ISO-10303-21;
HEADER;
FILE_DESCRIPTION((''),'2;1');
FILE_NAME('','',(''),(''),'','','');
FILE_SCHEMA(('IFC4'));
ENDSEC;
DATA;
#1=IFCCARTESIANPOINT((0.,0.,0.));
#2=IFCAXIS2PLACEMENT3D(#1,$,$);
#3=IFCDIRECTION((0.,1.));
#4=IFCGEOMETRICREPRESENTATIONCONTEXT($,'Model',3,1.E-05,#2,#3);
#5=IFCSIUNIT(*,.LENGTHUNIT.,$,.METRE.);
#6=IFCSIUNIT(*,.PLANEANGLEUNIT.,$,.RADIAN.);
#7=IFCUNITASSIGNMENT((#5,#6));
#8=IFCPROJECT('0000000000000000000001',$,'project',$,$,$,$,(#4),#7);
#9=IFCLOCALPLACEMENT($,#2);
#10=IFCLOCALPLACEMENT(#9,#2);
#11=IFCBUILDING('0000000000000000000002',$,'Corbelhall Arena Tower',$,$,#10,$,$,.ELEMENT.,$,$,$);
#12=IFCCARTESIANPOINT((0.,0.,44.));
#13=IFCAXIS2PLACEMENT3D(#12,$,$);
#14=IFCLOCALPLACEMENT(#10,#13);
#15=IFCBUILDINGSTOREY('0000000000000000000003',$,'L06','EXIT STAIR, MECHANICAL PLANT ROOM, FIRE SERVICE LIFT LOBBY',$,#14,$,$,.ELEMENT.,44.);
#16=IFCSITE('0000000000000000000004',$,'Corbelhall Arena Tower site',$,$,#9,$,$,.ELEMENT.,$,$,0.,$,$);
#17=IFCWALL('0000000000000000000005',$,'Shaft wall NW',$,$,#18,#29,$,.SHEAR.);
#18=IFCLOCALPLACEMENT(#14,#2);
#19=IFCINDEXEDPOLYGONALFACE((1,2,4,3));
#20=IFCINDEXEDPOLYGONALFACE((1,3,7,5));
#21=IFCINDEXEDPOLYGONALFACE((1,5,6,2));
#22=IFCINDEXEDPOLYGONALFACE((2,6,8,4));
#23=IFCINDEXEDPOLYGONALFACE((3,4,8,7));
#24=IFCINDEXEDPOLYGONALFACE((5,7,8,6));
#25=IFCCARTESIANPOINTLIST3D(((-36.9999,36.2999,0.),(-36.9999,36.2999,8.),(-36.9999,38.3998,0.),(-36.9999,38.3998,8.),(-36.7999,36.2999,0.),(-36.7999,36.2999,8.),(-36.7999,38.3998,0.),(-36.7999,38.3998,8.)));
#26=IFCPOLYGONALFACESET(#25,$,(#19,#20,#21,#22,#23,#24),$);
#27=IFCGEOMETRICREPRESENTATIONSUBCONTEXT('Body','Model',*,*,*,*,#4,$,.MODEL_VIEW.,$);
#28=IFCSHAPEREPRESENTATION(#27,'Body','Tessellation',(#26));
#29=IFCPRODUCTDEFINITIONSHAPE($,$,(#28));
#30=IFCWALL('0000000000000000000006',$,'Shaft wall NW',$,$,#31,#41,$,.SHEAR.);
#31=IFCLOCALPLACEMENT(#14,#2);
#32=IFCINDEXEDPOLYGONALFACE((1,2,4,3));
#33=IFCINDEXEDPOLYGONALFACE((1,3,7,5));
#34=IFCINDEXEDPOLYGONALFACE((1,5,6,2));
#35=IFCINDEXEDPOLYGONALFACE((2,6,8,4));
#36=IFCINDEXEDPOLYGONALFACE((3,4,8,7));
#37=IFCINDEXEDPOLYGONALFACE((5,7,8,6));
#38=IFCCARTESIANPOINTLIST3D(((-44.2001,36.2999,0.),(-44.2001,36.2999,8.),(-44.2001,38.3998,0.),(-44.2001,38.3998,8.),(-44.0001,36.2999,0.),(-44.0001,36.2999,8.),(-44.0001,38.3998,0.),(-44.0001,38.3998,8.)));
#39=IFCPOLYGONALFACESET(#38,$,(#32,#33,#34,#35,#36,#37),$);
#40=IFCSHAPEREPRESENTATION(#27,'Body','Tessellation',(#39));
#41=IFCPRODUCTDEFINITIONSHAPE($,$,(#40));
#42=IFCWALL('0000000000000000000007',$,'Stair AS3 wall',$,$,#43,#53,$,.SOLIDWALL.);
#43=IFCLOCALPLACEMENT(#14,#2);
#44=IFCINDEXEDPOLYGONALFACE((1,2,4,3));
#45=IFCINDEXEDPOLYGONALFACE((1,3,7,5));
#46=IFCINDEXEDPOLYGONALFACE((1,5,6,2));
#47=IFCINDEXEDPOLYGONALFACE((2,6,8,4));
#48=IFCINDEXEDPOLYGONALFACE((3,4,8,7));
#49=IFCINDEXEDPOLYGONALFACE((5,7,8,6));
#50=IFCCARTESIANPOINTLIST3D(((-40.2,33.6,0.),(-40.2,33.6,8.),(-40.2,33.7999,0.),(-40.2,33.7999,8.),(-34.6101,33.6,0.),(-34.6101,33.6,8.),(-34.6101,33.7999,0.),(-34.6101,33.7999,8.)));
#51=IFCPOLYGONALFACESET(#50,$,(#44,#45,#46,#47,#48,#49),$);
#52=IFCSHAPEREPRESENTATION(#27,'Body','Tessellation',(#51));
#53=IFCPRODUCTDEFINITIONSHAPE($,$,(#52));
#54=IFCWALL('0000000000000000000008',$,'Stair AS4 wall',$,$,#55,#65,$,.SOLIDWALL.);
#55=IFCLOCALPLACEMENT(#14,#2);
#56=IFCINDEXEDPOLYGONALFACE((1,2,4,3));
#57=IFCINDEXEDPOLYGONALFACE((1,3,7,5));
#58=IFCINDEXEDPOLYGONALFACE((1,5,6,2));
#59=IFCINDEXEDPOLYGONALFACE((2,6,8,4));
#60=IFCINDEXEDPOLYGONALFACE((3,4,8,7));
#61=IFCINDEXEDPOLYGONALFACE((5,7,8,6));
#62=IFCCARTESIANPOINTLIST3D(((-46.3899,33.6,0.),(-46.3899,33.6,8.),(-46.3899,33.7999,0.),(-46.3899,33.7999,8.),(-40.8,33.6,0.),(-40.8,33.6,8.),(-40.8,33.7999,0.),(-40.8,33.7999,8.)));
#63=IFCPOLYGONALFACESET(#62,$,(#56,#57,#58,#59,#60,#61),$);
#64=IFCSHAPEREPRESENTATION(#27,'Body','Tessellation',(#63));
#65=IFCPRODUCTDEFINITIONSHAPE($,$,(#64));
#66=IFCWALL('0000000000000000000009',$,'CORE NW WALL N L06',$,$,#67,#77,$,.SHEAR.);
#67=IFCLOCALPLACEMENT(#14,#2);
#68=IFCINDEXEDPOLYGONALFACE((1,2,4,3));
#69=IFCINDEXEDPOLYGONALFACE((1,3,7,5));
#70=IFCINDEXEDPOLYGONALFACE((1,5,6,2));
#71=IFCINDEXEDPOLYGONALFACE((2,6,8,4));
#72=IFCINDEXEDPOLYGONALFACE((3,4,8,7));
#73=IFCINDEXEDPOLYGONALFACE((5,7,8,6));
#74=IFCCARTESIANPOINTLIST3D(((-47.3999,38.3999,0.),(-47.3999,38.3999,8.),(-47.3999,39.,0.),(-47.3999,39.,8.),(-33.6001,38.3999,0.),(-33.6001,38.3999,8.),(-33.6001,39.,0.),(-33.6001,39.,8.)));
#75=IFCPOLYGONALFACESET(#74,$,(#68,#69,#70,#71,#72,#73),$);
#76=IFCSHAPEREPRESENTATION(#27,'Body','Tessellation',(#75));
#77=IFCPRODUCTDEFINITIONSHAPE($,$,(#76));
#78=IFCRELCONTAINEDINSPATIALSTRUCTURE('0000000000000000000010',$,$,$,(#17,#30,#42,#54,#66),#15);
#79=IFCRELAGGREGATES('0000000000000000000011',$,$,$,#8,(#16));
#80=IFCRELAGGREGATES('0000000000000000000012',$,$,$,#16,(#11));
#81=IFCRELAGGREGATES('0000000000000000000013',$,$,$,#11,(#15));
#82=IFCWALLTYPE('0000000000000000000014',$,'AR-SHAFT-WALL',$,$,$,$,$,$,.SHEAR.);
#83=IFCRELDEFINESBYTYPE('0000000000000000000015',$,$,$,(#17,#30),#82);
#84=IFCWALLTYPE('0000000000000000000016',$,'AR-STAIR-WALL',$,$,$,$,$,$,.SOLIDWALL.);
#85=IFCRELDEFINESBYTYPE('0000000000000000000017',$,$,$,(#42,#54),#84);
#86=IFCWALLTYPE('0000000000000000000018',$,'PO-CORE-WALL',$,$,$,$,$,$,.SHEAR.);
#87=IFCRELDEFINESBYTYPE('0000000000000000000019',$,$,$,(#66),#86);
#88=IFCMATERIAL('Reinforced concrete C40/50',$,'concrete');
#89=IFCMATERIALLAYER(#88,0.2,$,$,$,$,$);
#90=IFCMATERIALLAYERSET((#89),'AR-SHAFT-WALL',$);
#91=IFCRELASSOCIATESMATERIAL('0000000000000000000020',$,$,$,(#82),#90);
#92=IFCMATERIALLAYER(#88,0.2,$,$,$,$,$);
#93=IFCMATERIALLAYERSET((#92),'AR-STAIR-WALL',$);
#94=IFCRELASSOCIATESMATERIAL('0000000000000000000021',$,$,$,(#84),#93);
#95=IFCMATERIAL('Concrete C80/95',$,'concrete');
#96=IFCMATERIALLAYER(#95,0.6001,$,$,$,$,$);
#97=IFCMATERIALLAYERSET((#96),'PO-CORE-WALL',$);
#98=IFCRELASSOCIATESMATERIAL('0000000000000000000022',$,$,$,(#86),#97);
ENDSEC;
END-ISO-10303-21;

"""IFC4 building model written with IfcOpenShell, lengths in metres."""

from ifc_helpers import new_model, si_unit, direction, frame, frame_2d, origin, place, context, subcontext, project, spatial, rectangle, extrude, material, layer, layer_set, type_object, element, save


model = new_model("IFC4")

# Units and contexts
model_context = context("Model", 3, precision=1e-05, world=origin(), true_north=direction((0.0, 1.0)))
body_context = subcontext(model_context, "Body", "Model", "MODEL_VIEW")
ifc_project = project(units=[si_unit("LENGTHUNIT", "METRE"), si_unit("PLANEANGLEUNIT", "RADIAN")], contexts=[model_context])

# Site, building, storey
site_placement = place(None, origin())
site = spatial("IfcSite", under=ifc_project, at=site_placement, Name="Corbelhall Arena Tower site", CompositionType="ELEMENT", RefElevation=0.0)
building_placement = place(site_placement, origin())
building = spatial("IfcBuilding", under=site, at=building_placement, Name="Corbelhall Arena Tower", CompositionType="ELEMENT")
storey_placement = place(building_placement, frame((0.0, 0.0, 44.0)))
storey = spatial("IfcBuildingStorey", under=building, at=storey_placement, Name="L06", Description="EXIT STAIR, MECHANICAL PLANT ROOM, FIRE SERVICE LIFT LOBBY", CompositionType="ELEMENT", Elevation=44.0)

# Shared definitions
ifc_material_1 = material(Name="Reinforced concrete C40/50", Category="concrete")
ifc_layer_1 = layer(ifc_material_1, 0.2)
ifc_layer_set_1 = layer_set([ifc_layer_1], Name="AR-SHAFT-WALL")
wall_type_1 = type_object("IfcWallType", Name="AR-SHAFT-WALL", PredefinedType="SHEAR", material=ifc_layer_set_1)

# Walls
for number, where, z_axis, x_axis, name in (
    (1, (-36.8999, 36.3, 0.0), (0.0, 0.0, 1.0), (0.0, 1.0, 0.0), "Shaft wall NW"),
    (2, (-44.1001, 36.3, 0.0), (0.0, 0.0, 1.0), (0.0, 1.0, 0.0), "Shaft wall NW"),
):
    element("IfcWall", number, at=place(storey_placement, frame(where, z_axis=z_axis, x_axis=x_axis)), inside=storey, type_object=wall_type_1, Name=name, PredefinedType="SHEAR", context=body_context, shape_type="SweptSolid", body=[
        extrude(rectangle(XDim=2.0999, YDim=0.2, at=frame_2d((1.0498, 0.0))), origin(), (0.0, 0.0, 1.0), 8.0),
    ])
ifc_layer_2 = layer(ifc_material_1, 0.2)
ifc_layer_set_2 = layer_set([ifc_layer_2], Name="AR-STAIR-WALL")
wall_type_2 = type_object("IfcWallType", Name="AR-STAIR-WALL", PredefinedType="SOLIDWALL", material=ifc_layer_set_2)
for number, where, z_axis, x_axis, name in (
    (3, (-40.2, 33.7, 0.0), (0.0, 0.0, 1.0), (1.0, 0.0, 0.0), "Stair AS3 wall"),
    (4, (-46.3899, 33.7, 0.0), (0.0, 0.0, 1.0), (1.0, 0.0, 0.0), "Stair AS4 wall"),
):
    element("IfcWall", number, at=place(storey_placement, frame(where, z_axis=z_axis, x_axis=x_axis)), inside=storey, type_object=wall_type_2, Name=name, PredefinedType="SOLIDWALL", context=body_context, shape_type="SweptSolid", body=[
        extrude(rectangle(XDim=5.5898, YDim=0.2, at=frame_2d((2.7949, 0.0))), origin(), (0.0, 0.0, 1.0), 8.0),
    ])
ifc_material_2 = material(Name="Concrete C80/95", Category="concrete")
ifc_layer_3 = layer(ifc_material_2, 0.6001)
ifc_layer_set_3 = layer_set([ifc_layer_3], Name="PO-CORE-WALL")
wall_type_3 = type_object("IfcWallType", Name="PO-CORE-WALL", PredefinedType="SHEAR", material=ifc_layer_set_3)
wall_1_placement = place(storey_placement, frame((-47.3999, 38.7, 0.0), z_axis=(0.0, 0.0, 1.0), x_axis=(1.0, 0.0, 0.0)))
element("IfcWall", 5, at=wall_1_placement, inside=storey, type_object=wall_type_3, Name="CORE NW WALL N L06", PredefinedType="SHEAR", context=body_context, shape_type="SweptSolid", body=[
    extrude(rectangle(XDim=13.7998, YDim=0.6001, at=frame_2d((6.8999, 0.0))), origin(), (0.0, 0.0, 1.0), 8.0),
])

save(model, "model.ifc")
